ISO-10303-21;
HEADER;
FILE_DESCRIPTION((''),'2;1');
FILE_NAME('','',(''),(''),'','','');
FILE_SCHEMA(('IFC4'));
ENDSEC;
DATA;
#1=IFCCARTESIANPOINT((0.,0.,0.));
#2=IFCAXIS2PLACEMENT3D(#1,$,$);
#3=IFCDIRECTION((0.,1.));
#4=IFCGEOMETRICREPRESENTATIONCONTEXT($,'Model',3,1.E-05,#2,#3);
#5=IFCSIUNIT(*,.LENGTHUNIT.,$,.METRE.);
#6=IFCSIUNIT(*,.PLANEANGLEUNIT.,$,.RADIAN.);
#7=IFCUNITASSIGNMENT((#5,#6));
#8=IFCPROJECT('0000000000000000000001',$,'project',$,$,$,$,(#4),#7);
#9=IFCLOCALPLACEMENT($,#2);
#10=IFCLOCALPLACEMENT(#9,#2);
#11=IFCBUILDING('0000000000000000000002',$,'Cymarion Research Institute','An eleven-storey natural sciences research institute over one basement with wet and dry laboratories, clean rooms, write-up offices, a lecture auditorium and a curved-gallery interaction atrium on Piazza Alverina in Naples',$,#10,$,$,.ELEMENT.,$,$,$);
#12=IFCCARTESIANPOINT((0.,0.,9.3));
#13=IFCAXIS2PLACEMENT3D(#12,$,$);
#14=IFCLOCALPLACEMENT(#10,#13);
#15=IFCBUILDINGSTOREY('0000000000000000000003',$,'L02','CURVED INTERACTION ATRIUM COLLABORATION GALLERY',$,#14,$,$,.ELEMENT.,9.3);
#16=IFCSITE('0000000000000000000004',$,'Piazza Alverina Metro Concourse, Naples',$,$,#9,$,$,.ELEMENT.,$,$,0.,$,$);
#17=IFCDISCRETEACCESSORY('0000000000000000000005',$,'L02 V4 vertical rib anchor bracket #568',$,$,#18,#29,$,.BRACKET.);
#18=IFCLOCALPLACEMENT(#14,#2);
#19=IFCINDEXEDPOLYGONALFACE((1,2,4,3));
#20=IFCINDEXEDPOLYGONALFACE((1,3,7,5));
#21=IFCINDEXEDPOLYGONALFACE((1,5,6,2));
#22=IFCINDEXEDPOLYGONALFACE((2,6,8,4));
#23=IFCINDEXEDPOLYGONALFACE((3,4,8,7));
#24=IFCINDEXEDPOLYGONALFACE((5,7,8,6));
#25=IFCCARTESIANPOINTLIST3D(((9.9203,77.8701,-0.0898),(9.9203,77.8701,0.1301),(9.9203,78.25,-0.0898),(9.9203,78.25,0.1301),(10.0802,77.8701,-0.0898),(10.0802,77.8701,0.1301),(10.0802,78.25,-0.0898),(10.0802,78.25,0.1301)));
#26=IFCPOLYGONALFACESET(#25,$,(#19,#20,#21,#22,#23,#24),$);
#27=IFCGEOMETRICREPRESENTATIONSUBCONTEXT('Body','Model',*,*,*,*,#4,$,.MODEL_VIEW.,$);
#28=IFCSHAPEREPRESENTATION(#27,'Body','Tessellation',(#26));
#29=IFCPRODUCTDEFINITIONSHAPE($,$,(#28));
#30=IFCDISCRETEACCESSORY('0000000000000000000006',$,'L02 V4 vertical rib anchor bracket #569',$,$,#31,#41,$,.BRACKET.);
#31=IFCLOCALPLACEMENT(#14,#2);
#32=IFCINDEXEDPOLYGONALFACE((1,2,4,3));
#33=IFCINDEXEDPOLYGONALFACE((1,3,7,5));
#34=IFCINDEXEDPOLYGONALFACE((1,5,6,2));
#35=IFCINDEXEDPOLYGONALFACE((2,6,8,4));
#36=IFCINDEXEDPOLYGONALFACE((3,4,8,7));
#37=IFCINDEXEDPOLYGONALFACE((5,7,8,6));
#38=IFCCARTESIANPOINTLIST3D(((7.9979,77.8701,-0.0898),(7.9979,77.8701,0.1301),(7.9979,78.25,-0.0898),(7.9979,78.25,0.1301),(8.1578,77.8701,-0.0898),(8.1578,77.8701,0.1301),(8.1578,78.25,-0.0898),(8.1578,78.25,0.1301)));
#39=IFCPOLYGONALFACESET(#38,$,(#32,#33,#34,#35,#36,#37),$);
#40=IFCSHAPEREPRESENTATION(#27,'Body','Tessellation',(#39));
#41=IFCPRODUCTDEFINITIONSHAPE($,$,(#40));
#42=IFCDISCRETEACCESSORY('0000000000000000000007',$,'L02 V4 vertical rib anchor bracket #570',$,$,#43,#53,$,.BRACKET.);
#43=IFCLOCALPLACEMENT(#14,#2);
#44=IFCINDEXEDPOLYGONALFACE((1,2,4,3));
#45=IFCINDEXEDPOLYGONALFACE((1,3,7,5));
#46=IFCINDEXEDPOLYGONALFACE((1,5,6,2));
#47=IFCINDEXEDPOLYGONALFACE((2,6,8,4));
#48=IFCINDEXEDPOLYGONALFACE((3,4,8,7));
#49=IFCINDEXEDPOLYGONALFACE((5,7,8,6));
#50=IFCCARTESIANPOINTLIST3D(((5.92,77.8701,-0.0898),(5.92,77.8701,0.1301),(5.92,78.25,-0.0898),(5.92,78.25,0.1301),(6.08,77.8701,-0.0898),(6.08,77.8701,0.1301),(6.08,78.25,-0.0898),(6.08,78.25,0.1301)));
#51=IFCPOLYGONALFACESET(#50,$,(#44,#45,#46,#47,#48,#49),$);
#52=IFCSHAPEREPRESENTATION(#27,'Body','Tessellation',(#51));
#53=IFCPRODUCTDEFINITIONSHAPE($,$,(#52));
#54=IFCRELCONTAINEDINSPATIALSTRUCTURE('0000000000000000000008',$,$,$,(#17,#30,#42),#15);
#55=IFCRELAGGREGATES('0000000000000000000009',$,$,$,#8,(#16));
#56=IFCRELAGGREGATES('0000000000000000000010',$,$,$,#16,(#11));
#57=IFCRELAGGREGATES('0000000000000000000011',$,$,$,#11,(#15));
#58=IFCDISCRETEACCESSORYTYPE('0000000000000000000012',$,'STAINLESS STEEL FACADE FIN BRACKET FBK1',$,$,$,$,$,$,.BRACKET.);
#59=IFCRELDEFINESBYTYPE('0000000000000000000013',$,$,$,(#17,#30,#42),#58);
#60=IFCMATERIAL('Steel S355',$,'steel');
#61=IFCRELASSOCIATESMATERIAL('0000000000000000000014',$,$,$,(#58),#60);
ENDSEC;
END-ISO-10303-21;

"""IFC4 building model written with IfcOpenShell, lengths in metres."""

from ifc_helpers import new_model, si_unit, direction, frame, origin, origin_2d, place, context, subcontext, project, spatial, rectangle, extrude, material, type_object, element, save


model = new_model("IFC4")

# Units and contexts
model_context = context("Model", 3, precision=1e-05, world=origin(), true_north=direction((0.0, 1.0)))
body_context = subcontext(model_context, "Body", "Model", "MODEL_VIEW")
ifc_project = project(units=[si_unit("LENGTHUNIT", "METRE"), si_unit("PLANEANGLEUNIT", "RADIAN")], contexts=[model_context])

# Site, building, storey
site_placement = place(None, origin())
site = spatial("IfcSite", under=ifc_project, at=site_placement, Name="Piazza Alverina Metro Concourse, Naples", CompositionType="ELEMENT", RefElevation=0.0)
building_placement = place(site_placement, origin())
building = spatial("IfcBuilding", under=site, at=building_placement, Name="Cymarion Research Institute", Description="An eleven-storey natural sciences research institute over one basement with wet and dry laboratories, clean rooms, write-up offices, a lecture auditorium and a curved-gallery interaction atrium on Piazza Alverina in Naples", CompositionType="ELEMENT")
storey_placement = place(building_placement, frame((0.0, 0.0, 9.3)))
storey = spatial("IfcBuildingStorey", under=building, at=storey_placement, Name="L02", Description="CURVED INTERACTION ATRIUM COLLABORATION GALLERY", CompositionType="ELEMENT", Elevation=9.3)

# Shared definitions
ifc_material_1 = material(Name="Steel S355", Category="steel")

# Discrete accessories
discrete_accessory_type = type_object("IfcDiscreteAccessoryType", Name="STAINLESS STEEL FACADE FIN BRACKET FBK1", PredefinedType="BRACKET", material=ifc_material_1)
for number, where, z_axis, x_axis, name in (
    (1, (10.0002, 78.0601, -0.0898), (0.0, 0.0, 1.0), (0.0, 1.0, 0.0), "L02 V4 vertical rib anchor bracket #568"),
    (2, (8.0779, 78.0601, -0.0898), (0.0, 0.0, 1.0), (0.0, 1.0, 0.0), "L02 V4 vertical rib anchor bracket #569"),
    (3, (6.0, 78.0601, -0.0898), (0.0, 0.0, 1.0), (0.0, 1.0, 0.0), "L02 V4 vertical rib anchor bracket #570"),
):
    element("IfcDiscreteAccessory", number, at=place(storey_placement, frame(where, z_axis=z_axis, x_axis=x_axis)), inside=storey, type_object=discrete_accessory_type, Name=name, PredefinedType="BRACKET", context=body_context, shape_type="SweptSolid", body=[
        extrude(rectangle(XDim=0.3799, YDim=0.1599, at=origin_2d()), origin(), (0.0, 0.0, 1.0), 0.22),
    ])

save(model, "model.ifc")
